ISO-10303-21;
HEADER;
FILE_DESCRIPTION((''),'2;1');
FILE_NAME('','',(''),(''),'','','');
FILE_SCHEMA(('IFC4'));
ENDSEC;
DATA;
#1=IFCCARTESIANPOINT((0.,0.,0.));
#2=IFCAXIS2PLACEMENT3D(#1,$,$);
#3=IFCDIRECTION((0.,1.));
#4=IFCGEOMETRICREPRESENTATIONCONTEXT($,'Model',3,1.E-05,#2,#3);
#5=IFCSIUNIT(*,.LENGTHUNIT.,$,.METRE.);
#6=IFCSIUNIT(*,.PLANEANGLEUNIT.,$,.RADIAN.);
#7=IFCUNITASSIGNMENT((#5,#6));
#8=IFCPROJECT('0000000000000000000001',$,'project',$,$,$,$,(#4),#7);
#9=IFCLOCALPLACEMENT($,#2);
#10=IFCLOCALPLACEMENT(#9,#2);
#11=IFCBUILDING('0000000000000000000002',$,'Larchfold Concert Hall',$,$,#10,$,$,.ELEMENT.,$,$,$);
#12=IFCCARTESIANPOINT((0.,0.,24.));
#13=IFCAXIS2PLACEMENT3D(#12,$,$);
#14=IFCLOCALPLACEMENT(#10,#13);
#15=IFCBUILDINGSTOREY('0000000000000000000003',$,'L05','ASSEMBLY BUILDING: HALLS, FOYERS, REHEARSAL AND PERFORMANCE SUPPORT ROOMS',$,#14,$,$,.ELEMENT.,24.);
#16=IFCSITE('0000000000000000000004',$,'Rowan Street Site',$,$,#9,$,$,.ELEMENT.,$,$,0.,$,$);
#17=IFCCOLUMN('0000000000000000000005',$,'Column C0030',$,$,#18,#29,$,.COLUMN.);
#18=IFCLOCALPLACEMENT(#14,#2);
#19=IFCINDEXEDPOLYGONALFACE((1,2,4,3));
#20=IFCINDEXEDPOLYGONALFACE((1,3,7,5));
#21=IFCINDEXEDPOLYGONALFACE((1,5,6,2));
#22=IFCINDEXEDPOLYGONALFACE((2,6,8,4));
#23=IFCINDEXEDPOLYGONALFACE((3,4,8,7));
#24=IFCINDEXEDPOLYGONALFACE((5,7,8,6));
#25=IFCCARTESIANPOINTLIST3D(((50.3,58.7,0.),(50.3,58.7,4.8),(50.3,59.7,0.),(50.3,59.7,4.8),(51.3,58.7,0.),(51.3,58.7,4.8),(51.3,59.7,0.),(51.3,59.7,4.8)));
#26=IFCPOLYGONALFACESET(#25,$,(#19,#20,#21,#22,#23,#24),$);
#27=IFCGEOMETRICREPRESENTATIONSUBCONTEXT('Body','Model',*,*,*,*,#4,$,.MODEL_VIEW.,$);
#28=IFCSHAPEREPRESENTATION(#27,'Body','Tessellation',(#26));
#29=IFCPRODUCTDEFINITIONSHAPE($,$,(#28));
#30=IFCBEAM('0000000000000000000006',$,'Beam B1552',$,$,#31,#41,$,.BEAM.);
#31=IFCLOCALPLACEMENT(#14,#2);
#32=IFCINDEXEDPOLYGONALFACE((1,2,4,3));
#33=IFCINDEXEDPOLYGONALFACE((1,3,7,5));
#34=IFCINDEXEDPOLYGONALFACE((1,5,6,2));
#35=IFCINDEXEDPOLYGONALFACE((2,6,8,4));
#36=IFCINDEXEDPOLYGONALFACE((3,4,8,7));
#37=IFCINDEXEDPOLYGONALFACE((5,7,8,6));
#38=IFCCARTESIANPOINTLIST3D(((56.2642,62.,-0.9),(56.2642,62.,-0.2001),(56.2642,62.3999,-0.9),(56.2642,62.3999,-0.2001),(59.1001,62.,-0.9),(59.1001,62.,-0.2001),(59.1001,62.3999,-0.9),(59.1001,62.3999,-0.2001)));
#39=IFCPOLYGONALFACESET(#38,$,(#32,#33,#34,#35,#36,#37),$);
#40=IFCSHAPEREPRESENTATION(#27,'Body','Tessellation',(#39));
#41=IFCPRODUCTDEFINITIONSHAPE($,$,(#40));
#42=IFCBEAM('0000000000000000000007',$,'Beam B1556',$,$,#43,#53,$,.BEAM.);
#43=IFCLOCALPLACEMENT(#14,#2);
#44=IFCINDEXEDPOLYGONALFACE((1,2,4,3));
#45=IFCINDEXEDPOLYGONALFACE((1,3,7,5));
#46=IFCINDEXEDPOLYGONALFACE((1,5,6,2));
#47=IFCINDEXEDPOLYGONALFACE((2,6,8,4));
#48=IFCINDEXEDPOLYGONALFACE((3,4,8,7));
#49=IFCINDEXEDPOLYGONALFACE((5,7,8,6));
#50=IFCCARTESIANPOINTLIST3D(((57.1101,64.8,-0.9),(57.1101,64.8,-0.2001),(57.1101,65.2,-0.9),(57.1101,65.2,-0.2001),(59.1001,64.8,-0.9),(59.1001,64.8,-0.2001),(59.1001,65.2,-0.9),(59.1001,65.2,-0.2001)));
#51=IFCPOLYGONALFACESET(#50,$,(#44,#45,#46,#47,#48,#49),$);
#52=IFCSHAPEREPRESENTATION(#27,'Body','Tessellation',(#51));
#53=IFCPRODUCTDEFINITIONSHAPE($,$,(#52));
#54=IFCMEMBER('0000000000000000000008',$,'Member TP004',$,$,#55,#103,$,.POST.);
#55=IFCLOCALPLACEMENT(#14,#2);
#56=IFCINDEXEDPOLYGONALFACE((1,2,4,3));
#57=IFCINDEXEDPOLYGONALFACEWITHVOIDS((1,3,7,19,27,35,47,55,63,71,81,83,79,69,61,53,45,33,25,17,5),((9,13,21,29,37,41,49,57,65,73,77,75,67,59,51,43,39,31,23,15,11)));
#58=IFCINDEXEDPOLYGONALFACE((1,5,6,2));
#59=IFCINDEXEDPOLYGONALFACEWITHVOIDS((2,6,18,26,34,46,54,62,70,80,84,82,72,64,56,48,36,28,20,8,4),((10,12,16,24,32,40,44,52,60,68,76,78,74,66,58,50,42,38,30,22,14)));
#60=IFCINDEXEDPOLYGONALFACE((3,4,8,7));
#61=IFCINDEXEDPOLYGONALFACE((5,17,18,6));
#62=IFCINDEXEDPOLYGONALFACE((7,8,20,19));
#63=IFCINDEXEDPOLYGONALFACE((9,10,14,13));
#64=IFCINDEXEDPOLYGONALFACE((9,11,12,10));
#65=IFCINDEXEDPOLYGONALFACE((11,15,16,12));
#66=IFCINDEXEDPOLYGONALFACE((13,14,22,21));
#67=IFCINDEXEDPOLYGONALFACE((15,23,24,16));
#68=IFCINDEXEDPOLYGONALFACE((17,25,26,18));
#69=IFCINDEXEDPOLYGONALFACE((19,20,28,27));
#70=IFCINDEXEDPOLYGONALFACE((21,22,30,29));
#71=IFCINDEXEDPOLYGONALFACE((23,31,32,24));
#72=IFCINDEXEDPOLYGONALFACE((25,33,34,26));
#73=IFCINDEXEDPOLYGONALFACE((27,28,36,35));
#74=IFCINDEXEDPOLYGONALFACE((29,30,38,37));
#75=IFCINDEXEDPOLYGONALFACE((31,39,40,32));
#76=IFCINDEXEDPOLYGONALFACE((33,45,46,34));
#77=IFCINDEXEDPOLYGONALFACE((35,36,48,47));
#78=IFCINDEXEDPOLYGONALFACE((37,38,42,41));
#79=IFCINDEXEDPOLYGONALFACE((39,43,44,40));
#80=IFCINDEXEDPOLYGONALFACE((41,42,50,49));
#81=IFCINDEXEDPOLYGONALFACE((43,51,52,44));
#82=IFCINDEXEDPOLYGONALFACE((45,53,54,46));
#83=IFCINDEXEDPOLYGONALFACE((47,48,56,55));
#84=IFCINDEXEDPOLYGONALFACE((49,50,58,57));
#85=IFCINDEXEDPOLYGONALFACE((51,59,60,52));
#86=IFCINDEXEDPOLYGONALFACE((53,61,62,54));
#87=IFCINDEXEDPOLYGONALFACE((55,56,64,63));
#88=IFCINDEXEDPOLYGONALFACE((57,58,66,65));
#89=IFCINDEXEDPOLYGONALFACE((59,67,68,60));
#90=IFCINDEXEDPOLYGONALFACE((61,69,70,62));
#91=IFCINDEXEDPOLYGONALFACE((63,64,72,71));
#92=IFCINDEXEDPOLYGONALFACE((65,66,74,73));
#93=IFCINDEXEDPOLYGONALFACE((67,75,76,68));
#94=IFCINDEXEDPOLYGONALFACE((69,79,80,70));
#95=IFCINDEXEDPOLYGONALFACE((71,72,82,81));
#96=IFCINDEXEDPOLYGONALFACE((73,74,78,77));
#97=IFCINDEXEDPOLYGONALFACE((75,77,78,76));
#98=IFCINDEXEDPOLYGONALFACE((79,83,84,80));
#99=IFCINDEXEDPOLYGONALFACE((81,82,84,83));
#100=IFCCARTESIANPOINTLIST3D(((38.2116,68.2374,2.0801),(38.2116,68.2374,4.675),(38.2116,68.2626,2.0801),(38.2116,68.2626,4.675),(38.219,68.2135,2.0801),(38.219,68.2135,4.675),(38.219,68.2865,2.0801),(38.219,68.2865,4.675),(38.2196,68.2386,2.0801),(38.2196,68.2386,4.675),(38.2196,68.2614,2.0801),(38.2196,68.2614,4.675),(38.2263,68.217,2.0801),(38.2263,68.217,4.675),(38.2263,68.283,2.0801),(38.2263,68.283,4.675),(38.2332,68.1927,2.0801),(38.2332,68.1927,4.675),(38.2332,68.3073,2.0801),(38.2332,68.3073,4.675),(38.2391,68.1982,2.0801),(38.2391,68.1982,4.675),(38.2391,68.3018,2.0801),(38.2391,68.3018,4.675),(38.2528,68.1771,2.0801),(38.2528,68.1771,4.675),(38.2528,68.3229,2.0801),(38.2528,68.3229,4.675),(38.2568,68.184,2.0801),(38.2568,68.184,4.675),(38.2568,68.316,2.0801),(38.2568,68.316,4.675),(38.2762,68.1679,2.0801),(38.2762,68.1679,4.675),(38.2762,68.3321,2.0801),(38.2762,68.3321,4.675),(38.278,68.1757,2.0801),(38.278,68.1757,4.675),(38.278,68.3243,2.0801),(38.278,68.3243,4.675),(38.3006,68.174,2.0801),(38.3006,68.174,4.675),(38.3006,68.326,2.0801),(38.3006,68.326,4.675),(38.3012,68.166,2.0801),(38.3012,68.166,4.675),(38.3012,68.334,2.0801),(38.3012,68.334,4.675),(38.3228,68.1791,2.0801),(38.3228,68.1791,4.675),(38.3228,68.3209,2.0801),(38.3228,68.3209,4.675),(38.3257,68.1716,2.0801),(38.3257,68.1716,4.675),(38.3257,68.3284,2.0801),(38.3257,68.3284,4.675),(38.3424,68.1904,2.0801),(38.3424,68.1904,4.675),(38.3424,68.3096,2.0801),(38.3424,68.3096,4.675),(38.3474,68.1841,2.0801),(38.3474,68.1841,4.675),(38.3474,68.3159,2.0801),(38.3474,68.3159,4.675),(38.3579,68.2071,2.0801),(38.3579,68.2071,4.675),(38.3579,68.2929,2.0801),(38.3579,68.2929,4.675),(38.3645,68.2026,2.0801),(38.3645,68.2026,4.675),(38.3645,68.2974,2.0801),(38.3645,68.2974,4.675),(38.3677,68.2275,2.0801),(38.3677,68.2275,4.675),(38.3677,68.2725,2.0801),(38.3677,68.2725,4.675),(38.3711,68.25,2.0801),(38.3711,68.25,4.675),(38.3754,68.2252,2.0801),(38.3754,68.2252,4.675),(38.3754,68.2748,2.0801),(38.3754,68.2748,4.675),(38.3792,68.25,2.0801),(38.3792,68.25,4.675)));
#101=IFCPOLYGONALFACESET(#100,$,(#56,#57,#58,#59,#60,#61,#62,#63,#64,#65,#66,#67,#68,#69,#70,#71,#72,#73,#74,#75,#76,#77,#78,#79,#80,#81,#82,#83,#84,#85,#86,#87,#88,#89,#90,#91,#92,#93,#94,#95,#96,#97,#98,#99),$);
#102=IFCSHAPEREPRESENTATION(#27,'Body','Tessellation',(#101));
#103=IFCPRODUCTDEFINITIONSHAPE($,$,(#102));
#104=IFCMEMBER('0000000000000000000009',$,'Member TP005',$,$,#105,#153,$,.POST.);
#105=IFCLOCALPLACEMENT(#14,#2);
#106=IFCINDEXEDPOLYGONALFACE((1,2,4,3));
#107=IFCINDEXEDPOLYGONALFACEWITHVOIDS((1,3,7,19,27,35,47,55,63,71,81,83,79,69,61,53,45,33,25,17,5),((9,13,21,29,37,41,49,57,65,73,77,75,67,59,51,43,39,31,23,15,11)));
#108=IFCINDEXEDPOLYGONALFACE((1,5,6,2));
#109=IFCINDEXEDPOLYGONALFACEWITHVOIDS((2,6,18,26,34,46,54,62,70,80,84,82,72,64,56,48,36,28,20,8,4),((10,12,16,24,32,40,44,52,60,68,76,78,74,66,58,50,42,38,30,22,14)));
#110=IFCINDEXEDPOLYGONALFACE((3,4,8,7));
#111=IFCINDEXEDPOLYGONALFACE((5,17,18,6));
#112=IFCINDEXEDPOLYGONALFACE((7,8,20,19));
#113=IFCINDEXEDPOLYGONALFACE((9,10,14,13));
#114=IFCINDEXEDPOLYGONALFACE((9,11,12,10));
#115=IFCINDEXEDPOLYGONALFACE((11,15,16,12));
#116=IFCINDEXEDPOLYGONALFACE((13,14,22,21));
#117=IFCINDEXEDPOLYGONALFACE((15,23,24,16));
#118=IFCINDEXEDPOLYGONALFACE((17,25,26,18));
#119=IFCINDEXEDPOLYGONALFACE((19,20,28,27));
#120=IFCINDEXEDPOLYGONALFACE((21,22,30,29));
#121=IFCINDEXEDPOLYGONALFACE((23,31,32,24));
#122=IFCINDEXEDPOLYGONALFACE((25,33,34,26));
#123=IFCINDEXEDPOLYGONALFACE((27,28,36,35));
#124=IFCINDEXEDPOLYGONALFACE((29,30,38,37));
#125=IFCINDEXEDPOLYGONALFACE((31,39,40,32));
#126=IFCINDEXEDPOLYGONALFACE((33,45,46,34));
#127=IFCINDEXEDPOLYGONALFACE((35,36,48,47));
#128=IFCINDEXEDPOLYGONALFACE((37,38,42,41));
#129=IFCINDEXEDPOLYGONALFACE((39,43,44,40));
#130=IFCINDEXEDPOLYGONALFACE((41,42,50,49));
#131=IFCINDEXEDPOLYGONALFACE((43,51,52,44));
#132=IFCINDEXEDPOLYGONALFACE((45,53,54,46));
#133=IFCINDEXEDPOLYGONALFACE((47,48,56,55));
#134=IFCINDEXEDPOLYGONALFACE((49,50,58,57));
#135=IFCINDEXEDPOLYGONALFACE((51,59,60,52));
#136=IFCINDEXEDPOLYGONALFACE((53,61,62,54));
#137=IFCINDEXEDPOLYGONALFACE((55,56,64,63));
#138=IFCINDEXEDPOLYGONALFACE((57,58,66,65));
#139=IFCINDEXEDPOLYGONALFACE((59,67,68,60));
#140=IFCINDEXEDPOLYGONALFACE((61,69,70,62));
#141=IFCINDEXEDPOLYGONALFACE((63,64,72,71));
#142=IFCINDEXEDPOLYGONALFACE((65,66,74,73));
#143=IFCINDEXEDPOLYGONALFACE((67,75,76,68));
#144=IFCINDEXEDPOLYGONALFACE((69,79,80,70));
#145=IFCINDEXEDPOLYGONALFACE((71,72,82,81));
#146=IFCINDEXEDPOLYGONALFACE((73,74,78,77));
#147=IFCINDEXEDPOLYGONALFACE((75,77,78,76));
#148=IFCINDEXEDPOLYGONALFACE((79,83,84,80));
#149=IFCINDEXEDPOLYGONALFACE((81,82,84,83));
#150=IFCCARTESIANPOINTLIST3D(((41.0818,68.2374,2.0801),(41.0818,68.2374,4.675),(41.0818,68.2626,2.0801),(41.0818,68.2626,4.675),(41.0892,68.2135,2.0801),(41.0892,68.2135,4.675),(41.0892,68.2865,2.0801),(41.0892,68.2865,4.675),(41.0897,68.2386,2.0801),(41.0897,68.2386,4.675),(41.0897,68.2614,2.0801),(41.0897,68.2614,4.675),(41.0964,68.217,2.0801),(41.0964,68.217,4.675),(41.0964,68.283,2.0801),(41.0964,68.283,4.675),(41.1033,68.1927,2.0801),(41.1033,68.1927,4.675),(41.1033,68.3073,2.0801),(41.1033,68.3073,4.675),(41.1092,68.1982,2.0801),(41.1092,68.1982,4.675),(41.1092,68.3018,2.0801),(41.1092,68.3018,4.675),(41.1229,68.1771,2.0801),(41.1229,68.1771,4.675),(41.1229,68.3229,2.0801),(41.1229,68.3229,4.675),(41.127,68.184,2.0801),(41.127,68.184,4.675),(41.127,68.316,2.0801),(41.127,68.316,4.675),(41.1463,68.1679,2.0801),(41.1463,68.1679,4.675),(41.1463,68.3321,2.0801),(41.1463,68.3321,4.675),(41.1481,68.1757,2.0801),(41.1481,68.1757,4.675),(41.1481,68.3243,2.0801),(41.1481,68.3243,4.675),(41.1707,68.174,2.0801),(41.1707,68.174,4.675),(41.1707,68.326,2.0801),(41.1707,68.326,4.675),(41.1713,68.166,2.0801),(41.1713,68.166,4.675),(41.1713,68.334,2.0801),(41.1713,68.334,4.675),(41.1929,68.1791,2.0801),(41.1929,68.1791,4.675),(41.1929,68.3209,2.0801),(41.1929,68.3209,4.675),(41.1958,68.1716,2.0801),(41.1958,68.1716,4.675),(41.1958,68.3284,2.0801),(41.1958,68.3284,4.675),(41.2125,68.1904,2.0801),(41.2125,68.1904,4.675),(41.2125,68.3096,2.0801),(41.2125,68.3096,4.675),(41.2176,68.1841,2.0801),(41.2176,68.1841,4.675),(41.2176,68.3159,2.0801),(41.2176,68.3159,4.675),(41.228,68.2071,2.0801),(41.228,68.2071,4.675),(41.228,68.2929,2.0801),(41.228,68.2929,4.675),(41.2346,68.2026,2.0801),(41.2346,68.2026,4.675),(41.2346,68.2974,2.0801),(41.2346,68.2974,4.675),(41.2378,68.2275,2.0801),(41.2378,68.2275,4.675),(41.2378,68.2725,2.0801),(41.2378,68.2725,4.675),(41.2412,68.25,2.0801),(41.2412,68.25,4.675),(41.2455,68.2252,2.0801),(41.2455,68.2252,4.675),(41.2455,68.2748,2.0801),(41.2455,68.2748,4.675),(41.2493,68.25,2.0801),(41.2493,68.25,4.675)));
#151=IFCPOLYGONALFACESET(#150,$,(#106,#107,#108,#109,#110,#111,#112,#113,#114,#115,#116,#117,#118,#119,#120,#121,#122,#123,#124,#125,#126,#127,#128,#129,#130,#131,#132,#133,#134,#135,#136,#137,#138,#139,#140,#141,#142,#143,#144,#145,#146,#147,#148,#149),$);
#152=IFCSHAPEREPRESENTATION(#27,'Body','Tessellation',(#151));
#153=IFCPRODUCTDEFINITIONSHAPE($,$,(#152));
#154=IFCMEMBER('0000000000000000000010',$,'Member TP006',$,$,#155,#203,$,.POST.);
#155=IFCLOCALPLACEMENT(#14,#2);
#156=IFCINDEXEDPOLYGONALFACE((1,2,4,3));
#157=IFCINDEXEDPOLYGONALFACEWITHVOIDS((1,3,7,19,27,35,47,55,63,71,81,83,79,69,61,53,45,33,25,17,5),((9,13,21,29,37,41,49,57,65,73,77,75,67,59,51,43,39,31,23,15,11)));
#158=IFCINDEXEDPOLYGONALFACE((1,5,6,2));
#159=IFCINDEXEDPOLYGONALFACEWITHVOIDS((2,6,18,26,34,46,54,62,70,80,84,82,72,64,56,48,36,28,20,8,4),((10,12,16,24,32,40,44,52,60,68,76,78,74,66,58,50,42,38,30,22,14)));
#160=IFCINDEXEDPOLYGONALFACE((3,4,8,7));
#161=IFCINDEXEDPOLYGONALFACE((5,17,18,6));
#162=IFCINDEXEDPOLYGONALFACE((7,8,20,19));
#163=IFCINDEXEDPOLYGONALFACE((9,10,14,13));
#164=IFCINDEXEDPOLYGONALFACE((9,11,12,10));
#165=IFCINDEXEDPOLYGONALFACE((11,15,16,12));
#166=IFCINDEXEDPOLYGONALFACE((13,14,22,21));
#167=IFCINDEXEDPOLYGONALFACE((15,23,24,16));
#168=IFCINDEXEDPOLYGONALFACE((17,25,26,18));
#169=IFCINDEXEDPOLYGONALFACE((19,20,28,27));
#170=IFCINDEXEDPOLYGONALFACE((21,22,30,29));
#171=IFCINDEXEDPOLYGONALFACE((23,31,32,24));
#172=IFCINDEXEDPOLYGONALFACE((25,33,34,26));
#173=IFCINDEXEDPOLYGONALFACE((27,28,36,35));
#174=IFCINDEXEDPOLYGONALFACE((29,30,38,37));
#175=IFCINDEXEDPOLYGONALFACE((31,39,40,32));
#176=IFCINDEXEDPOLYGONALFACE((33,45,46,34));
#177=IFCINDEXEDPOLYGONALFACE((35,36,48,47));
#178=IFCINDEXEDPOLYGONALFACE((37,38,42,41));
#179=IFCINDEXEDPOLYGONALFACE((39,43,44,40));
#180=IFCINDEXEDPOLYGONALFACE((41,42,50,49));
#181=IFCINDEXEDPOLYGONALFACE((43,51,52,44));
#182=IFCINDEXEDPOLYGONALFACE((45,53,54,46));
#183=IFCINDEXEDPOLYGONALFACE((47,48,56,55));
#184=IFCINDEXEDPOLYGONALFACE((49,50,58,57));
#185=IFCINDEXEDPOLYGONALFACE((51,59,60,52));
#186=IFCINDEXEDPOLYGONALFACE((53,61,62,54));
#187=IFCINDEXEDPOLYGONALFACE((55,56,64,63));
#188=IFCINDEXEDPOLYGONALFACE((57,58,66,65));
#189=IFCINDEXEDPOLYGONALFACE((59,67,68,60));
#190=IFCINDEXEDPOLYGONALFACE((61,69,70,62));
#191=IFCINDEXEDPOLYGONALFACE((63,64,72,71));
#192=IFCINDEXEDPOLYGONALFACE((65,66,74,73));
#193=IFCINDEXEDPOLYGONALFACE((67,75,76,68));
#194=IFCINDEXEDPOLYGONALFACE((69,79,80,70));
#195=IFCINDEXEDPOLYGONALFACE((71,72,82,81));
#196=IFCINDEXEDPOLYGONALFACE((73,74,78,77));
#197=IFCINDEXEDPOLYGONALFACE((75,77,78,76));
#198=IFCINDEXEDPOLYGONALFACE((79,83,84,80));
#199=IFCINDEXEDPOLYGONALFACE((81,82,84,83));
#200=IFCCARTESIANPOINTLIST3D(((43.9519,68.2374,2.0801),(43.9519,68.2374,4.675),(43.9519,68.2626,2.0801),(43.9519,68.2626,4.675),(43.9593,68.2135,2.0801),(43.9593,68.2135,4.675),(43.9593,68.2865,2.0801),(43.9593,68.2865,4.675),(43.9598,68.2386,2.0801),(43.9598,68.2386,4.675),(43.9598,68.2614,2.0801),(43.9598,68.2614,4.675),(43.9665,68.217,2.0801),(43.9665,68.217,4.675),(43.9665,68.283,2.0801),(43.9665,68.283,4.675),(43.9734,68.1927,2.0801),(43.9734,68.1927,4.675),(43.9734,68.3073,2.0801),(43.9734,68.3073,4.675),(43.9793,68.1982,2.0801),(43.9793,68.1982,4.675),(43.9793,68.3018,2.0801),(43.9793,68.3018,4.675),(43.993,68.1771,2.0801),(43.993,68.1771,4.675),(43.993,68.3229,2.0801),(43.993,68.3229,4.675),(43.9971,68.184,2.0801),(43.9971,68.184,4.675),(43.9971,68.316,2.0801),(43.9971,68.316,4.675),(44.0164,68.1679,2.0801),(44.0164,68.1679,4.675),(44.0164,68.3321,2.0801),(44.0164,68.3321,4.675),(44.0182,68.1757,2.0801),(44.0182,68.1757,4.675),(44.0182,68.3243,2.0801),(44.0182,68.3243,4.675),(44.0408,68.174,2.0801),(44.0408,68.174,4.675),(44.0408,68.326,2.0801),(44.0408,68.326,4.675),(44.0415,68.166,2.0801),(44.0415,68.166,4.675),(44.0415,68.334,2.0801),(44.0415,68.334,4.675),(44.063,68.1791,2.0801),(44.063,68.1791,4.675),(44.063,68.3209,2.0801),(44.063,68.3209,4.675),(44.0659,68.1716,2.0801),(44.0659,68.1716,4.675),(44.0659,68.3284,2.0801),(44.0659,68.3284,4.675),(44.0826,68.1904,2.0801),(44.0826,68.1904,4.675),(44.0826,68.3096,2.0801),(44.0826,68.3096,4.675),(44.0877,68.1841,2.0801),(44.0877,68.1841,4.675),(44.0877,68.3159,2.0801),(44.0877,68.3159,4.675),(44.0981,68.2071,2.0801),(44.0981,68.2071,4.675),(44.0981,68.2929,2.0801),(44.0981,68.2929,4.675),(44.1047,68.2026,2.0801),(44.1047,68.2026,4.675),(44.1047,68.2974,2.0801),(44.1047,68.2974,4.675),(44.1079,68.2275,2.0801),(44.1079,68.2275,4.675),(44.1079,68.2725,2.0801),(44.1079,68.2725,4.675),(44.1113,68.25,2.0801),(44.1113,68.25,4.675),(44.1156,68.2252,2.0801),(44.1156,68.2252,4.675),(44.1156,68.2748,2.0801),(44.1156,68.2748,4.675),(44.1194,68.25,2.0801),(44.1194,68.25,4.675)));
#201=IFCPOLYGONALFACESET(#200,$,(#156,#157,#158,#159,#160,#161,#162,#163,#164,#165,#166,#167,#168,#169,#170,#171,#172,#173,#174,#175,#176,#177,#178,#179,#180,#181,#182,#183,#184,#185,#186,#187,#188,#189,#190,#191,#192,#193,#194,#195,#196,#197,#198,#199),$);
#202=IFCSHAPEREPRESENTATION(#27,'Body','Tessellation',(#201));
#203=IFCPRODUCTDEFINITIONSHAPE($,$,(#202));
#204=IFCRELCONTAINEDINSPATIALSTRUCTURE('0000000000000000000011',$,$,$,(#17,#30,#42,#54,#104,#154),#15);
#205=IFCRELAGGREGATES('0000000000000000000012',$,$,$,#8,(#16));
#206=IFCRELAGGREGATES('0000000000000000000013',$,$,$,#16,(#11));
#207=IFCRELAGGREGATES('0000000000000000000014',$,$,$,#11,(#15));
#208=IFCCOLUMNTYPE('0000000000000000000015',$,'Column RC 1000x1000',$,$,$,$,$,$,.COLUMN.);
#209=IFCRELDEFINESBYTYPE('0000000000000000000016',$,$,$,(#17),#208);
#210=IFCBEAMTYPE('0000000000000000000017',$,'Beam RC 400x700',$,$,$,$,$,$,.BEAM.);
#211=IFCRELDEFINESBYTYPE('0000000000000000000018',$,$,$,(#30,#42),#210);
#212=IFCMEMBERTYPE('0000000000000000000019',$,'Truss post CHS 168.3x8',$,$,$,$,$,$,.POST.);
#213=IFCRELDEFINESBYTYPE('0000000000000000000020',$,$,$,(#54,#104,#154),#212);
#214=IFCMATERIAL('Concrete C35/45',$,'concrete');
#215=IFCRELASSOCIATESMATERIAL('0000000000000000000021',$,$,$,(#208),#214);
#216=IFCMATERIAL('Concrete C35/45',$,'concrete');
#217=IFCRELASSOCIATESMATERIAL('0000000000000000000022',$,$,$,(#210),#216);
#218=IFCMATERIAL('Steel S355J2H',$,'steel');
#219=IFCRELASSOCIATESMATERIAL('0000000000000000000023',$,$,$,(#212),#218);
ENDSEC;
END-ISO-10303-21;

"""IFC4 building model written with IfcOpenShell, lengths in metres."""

from ifc_helpers import new_model, si_unit, direction, frame, origin, origin_2d, place, context, subcontext, project, spatial, rectangle, hollow_circle, extrude, material, material_profile, profile_set, type_object, element, save


model = new_model("IFC4")

# Units and contexts
model_context = context("Model", 3, precision=1e-05, world=origin(), true_north=direction((0.0, 1.0)))
body_context = subcontext(model_context, "Body", "Model", "MODEL_VIEW")
ifc_project = project(units=[si_unit("LENGTHUNIT", "METRE"), si_unit("PLANEANGLEUNIT", "RADIAN")], contexts=[model_context])

# Site, building, storey
site_placement = place(None, origin())
site = spatial("IfcSite", under=ifc_project, at=site_placement, Name="Rowan Street Site", CompositionType="ELEMENT", RefElevation=0.0)
building_placement = place(site_placement, origin())
building = spatial("IfcBuilding", under=site, at=building_placement, Name="Larchfold Concert Hall", CompositionType="ELEMENT")
storey_placement = place(building_placement, frame((0.0, 0.0, 24.0)))
storey = spatial("IfcBuildingStorey", under=building, at=storey_placement, Name="L05", Description="ASSEMBLY BUILDING: HALLS, FOYERS, REHEARSAL AND PERFORMANCE SUPPORT ROOMS", CompositionType="ELEMENT", Elevation=24.0)

# Column
ifc_material_1 = material(Name="Concrete C35/45", Category="concrete")
ifc_material_profile_1 = material_profile(ifc_material_1, rectangle(XDim=1.0, YDim=1.0, at=origin_2d()))
ifc_profile_set_1 = profile_set([ifc_material_profile_1], Name="Concrete C35/45")
column_type = type_object("IfcColumnType", Name="Column RC 1000x1000", PredefinedType="COLUMN", material=ifc_profile_set_1)
column_placement = place(storey_placement, frame((50.8, 59.2, 0.0), z_axis=(0.0, 0.0, 1.0), x_axis=(1.0, 0.0, 0.0)))
element("IfcColumn", 1, at=column_placement, inside=storey, type_object=column_type, Name="Column C0030", PredefinedType="COLUMN", context=body_context, shape_type="SweptSolid", body=[
    extrude(rectangle(XDim=1.0, YDim=1.0, at=origin_2d()), origin(), (0.0, 0.0, 1.0), 4.8),
])

# Beams
ifc_material_2 = material(Name="Concrete C35/45", Category="concrete")
ifc_material_profile_2 = material_profile(ifc_material_2, rectangle(XDim=0.3999, YDim=0.7, at=origin_2d()))
ifc_profile_set_2 = profile_set([ifc_material_profile_2], Name="Concrete C35/45")
beam_type = type_object("IfcBeamType", Name="Beam RC 400x700", PredefinedType="BEAM", material=ifc_profile_set_2)
beam_1_placement = place(storey_placement, frame((56.2642, 62.2, -0.55), z_axis=(1.0, 0.0, 0.0), x_axis=(0.0, 1.0, 0.0)))
element("IfcBeam", 2, at=beam_1_placement, inside=storey, type_object=beam_type, Name="Beam B1552", PredefinedType="BEAM", context=body_context, shape_type="SweptSolid", body=[
    extrude(rectangle(XDim=0.3999, YDim=0.7, at=origin_2d()), origin(), (0.0, 0.0, 1.0), 2.8359),
])
beam_2_placement = place(storey_placement, frame((57.1101, 65.0, -0.55), z_axis=(1.0, 0.0, 0.0), x_axis=(0.0, 1.0, 0.0)))
element("IfcBeam", 3, at=beam_2_placement, inside=storey, type_object=beam_type, Name="Beam B1556", PredefinedType="BEAM", context=body_context, shape_type="SweptSolid", body=[
    extrude(rectangle(XDim=0.3999, YDim=0.7, at=origin_2d()), origin(), (0.0, 0.0, 1.0), 1.99),
])

# Members
ifc_material_3 = material(Name="Steel S355J2H", Category="steel")
ifc_material_profile_3 = material_profile(ifc_material_3, hollow_circle(Radius=0.0842, WallThickness=0.0081, at=origin_2d()))
ifc_profile_set_3 = profile_set([ifc_material_profile_3], Name="Steel S355J2H")
member_type = type_object("IfcMemberType", Name="Truss post CHS 168.3x8", PredefinedType="POST", material=ifc_profile_set_3)
for number, where, z_axis, x_axis, name in (
    (4, (38.2949, 68.25, 2.0801), (0.0, 0.0, 1.0), (1.0, 0.0, 0.0), "Member TP004"),
    (5, (41.165, 68.25, 2.0801), (0.0, 0.0, 1.0), (1.0, 0.0, 0.0), "Member TP005"),
    (6, (44.0352, 68.25, 2.0801), (0.0, 0.0, 1.0), (1.0, 0.0, 0.0), "Member TP006"),
):
    element("IfcMember", number, at=place(storey_placement, frame(where, z_axis=z_axis, x_axis=x_axis)), inside=storey, type_object=member_type, Name=name, PredefinedType="POST", context=body_context, shape_type="SweptSolid", body=[
        extrude(hollow_circle(Radius=0.0842, WallThickness=0.0081, at=origin_2d()), origin(), (0.0, 0.0, 1.0), 2.595),
    ])

save(model, "model.ifc")
